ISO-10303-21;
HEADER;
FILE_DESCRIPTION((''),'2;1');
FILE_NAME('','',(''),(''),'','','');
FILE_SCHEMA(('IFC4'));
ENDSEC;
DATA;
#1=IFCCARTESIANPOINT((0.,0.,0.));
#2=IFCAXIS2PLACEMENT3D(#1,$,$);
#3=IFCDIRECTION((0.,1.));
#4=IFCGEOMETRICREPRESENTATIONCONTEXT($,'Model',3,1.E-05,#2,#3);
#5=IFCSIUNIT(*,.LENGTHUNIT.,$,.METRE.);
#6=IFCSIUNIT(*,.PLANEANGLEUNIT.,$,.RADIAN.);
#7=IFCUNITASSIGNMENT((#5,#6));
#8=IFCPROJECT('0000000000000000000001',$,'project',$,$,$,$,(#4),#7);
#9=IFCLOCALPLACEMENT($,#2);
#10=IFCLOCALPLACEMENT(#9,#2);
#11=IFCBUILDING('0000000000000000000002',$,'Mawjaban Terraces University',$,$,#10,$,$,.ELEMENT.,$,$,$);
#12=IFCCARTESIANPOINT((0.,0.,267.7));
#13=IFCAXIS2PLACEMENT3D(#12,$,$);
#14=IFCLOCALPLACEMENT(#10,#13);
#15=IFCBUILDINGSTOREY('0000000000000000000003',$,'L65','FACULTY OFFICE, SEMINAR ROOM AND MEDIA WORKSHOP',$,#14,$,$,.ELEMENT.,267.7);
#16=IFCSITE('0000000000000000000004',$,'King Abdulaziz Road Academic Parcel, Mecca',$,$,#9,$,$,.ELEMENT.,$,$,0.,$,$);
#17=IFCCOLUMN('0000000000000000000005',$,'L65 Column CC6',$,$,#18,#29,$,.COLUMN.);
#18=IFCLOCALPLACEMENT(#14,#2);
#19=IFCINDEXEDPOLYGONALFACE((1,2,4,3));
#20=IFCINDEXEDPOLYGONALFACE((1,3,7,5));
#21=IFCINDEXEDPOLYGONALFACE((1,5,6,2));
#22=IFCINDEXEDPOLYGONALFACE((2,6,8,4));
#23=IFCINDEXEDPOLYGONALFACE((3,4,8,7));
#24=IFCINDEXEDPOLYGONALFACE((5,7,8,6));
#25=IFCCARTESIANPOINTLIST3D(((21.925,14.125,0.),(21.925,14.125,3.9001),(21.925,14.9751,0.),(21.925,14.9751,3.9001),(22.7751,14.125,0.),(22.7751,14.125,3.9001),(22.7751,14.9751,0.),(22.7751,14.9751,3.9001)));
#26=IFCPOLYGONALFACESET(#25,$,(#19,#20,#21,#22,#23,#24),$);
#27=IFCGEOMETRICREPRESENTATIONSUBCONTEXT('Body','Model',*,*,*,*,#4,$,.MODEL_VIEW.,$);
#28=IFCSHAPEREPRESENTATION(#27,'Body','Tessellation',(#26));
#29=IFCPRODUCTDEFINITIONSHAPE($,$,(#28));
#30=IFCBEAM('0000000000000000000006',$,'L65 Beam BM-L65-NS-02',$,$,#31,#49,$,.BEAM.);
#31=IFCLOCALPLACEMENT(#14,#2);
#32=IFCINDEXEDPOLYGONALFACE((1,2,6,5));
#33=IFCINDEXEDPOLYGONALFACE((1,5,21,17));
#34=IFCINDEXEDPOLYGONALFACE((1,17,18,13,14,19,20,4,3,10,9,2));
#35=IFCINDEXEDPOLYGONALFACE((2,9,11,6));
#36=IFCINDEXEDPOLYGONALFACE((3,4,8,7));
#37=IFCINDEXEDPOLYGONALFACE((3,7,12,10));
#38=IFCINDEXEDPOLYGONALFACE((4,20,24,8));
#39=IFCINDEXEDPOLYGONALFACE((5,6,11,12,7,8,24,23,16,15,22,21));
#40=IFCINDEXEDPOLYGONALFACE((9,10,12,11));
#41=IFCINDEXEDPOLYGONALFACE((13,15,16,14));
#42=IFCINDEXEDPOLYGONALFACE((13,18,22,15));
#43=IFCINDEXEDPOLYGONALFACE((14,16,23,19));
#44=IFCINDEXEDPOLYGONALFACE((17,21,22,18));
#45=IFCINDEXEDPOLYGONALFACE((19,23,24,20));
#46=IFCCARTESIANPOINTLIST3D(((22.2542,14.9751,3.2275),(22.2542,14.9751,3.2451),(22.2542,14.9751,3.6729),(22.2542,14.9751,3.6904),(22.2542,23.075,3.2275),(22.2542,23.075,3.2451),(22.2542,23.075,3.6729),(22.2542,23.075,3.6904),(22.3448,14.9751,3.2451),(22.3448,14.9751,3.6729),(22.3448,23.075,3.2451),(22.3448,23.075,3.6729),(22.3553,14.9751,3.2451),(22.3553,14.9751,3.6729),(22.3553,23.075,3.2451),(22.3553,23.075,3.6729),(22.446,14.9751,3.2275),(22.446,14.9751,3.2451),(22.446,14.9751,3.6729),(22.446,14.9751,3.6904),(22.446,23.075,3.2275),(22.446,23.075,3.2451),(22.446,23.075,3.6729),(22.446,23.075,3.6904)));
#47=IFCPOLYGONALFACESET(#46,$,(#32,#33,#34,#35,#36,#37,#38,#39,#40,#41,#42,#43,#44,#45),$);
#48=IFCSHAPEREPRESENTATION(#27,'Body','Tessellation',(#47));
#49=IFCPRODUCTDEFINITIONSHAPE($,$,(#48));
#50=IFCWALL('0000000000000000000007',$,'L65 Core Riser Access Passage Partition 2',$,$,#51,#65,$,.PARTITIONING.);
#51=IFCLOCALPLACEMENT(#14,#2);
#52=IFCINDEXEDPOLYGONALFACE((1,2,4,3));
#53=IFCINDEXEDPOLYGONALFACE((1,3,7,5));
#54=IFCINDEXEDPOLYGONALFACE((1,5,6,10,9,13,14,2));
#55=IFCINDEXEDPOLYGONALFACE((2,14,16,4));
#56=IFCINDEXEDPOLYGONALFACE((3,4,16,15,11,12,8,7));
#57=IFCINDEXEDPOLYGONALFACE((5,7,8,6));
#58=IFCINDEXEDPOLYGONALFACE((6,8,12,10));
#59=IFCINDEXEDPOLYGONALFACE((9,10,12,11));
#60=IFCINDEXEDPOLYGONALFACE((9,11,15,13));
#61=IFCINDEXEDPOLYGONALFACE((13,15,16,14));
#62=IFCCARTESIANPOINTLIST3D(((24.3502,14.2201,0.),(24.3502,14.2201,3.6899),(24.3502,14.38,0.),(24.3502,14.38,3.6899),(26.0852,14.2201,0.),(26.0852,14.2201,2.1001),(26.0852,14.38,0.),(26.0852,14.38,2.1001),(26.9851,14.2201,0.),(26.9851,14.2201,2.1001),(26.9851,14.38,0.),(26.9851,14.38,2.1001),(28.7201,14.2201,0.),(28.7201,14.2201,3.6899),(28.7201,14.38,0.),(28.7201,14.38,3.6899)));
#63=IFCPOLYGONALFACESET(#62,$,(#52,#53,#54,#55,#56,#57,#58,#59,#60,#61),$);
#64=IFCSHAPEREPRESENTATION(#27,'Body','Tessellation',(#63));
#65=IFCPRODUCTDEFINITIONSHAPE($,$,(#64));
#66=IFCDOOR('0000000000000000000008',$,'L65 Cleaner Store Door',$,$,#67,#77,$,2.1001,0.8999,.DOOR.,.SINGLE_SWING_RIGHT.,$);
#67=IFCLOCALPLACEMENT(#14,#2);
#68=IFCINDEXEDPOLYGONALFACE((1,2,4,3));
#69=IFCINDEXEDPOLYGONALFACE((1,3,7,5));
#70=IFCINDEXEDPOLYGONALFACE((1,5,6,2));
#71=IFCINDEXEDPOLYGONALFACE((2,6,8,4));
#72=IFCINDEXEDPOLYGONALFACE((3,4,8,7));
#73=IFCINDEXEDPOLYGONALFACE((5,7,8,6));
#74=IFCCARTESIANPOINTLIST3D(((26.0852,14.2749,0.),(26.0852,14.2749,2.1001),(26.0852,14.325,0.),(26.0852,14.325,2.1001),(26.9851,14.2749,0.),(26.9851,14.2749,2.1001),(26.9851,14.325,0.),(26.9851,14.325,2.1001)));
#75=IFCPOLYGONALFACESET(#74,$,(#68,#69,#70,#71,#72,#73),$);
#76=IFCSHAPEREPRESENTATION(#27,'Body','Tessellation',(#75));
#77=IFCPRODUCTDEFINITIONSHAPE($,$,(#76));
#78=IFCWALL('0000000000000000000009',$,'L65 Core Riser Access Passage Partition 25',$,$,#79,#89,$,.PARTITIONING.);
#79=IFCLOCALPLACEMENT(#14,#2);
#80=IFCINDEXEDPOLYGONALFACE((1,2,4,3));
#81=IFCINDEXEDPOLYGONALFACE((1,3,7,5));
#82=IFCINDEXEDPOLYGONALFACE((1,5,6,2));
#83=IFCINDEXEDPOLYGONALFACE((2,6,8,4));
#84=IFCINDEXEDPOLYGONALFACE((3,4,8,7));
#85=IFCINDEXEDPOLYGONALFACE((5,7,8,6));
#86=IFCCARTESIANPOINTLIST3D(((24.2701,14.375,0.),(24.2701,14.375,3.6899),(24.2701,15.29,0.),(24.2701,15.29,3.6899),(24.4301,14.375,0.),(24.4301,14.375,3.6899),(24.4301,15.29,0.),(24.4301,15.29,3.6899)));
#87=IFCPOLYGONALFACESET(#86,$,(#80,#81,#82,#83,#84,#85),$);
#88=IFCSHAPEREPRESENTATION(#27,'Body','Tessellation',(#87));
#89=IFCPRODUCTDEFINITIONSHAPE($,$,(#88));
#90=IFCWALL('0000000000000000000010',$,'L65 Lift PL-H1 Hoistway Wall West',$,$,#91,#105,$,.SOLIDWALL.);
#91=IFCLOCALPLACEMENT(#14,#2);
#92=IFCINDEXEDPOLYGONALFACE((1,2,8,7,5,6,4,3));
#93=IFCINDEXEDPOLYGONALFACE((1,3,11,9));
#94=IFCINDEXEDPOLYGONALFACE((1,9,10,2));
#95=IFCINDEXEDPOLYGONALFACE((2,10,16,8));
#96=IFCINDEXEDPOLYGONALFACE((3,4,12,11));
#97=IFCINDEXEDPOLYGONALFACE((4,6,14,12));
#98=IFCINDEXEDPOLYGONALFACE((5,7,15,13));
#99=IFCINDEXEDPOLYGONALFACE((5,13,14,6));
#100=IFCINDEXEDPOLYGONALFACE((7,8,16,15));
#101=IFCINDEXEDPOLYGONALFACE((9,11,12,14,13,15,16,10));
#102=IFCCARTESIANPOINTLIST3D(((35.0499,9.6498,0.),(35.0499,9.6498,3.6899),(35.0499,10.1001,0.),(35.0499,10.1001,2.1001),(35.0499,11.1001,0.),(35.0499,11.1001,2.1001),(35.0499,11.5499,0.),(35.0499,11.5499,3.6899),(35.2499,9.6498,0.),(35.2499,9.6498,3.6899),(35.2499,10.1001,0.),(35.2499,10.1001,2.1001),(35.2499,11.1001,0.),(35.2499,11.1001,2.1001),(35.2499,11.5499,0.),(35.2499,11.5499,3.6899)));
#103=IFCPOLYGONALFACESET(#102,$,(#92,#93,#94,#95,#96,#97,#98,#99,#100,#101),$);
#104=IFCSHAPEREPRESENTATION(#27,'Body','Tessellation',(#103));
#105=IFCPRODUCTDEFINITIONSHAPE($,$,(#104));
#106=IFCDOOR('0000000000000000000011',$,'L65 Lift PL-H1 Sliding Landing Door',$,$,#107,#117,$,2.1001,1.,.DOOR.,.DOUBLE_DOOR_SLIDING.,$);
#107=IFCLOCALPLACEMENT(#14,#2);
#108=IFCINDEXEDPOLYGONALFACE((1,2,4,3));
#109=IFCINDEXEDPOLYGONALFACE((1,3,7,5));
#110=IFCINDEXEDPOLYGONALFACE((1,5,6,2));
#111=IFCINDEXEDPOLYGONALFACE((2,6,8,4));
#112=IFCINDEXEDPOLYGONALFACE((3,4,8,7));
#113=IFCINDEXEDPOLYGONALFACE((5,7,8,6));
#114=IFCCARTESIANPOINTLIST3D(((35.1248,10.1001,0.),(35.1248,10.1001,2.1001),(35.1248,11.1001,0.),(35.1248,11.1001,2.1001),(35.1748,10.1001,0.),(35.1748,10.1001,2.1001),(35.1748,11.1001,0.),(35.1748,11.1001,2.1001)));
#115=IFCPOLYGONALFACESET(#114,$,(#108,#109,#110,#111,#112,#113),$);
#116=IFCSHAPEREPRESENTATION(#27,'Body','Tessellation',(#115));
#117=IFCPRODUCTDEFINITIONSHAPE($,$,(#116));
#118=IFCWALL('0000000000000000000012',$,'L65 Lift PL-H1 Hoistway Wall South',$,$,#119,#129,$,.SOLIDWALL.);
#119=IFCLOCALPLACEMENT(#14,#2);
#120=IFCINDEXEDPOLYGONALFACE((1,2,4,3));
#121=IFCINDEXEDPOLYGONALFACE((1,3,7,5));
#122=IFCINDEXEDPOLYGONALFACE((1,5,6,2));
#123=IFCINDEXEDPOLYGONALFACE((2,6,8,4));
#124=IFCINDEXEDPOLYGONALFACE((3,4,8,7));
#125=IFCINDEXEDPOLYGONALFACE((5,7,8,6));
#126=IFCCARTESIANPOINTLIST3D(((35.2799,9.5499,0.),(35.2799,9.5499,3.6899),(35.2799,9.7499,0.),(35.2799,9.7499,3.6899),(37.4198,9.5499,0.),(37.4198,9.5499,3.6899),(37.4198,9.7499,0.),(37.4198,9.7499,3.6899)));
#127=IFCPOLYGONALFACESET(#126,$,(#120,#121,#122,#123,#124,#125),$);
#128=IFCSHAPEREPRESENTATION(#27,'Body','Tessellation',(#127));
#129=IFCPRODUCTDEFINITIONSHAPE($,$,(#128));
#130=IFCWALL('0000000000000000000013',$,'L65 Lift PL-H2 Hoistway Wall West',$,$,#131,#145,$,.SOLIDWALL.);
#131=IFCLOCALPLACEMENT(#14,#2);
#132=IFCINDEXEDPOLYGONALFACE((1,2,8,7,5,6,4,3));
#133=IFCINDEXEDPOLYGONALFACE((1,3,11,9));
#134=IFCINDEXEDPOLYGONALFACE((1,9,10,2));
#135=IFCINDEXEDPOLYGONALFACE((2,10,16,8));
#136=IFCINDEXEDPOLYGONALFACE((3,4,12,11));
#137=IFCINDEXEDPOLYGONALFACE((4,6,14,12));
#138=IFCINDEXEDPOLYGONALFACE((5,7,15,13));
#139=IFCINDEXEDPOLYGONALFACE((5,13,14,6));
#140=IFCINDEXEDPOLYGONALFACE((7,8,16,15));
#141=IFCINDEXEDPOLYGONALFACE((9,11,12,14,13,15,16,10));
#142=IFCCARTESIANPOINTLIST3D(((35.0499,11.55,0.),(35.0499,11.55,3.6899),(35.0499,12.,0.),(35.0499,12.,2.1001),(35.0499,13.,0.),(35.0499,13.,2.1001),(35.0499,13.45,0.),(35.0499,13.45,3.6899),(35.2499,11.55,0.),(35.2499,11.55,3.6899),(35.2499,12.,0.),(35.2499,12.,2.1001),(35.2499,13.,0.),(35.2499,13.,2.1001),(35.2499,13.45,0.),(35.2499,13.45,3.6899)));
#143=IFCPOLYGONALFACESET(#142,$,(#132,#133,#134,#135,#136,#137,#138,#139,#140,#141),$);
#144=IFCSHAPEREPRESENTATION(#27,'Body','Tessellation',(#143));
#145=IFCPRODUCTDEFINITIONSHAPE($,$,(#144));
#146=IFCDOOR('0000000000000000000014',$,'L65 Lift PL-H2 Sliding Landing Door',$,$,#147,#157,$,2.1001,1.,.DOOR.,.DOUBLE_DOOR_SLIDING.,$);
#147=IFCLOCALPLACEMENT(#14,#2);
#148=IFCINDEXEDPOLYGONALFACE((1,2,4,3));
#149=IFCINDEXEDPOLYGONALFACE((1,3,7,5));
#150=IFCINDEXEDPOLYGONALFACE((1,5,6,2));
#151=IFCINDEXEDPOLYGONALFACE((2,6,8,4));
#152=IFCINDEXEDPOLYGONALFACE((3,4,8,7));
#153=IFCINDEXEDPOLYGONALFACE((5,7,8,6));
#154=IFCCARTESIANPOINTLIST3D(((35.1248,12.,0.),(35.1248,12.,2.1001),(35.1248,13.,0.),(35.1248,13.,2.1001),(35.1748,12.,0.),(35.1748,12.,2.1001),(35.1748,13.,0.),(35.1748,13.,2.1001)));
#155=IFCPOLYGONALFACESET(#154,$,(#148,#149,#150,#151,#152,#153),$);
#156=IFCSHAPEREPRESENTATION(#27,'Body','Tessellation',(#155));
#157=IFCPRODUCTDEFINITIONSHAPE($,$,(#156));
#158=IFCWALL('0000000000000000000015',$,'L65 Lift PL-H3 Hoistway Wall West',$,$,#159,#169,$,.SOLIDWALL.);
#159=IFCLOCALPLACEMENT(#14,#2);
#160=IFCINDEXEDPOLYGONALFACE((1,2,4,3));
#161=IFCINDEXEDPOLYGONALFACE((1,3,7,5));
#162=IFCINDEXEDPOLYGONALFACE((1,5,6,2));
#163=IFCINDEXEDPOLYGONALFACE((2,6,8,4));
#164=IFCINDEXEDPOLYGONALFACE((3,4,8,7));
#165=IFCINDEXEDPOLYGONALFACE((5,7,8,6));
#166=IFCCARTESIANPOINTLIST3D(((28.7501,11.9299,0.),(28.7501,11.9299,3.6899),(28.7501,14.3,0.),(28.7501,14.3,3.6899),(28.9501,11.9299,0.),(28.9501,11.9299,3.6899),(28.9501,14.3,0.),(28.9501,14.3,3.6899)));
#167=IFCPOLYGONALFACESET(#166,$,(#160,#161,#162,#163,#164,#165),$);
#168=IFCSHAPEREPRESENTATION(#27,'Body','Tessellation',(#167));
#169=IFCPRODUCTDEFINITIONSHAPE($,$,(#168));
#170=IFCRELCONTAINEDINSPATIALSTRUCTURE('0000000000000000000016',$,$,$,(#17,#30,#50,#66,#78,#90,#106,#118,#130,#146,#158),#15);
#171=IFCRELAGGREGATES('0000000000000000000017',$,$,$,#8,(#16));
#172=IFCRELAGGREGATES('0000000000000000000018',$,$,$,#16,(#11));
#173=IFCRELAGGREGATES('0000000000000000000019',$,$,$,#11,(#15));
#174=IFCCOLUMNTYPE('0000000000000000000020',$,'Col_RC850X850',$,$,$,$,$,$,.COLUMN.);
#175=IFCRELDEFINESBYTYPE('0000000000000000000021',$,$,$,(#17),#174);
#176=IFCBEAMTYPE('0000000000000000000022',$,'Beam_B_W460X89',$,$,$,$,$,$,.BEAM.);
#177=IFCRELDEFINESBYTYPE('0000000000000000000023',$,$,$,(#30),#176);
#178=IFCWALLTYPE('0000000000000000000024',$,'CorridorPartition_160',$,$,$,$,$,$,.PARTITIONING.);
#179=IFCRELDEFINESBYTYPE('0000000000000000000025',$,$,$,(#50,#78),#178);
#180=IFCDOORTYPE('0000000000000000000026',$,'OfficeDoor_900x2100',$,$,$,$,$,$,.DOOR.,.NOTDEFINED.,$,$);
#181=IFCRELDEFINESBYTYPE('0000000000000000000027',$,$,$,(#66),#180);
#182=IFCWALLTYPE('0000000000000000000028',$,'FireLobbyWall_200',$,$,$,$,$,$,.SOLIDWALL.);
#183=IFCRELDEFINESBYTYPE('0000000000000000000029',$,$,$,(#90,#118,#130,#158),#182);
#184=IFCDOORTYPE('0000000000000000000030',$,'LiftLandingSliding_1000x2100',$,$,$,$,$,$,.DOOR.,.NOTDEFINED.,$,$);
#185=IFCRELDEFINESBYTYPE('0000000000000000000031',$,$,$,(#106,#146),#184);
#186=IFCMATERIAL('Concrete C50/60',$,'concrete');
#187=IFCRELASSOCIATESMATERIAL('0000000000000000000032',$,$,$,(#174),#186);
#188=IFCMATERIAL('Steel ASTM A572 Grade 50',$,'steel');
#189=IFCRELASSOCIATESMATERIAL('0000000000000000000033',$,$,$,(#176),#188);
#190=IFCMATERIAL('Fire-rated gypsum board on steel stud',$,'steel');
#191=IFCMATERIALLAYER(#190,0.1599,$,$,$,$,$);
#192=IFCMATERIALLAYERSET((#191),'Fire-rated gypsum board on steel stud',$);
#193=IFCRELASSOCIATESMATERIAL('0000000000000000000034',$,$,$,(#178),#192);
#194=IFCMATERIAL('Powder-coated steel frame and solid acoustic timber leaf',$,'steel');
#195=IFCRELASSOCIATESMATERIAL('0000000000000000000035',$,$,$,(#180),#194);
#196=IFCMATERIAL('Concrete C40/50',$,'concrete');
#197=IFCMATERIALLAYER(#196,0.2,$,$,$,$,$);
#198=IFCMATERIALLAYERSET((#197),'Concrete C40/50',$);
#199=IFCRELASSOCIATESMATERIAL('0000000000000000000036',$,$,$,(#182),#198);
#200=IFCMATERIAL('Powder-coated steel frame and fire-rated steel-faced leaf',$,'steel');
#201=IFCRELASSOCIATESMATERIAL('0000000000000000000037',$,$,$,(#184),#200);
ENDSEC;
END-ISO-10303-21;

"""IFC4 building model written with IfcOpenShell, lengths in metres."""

from ifc_helpers import new_model, si_unit, direction, frame, frame_2d, origin, origin_2d, place, context, subcontext, project, spatial, rectangle, i_section, extrude, material, layer, layer_set, material_profile, profile_set, type_object, element, fill, save


model = new_model("IFC4")

# Units and contexts
model_context = context("Model", 3, precision=1e-05, world=origin(), true_north=direction((0.0, 1.0)))
body_context = subcontext(model_context, "Body", "Model", "MODEL_VIEW")
ifc_project = project(units=[si_unit("LENGTHUNIT", "METRE"), si_unit("PLANEANGLEUNIT", "RADIAN")], contexts=[model_context])

# Site, building, storey
site_placement = place(None, origin())
site = spatial("IfcSite", under=ifc_project, at=site_placement, Name="King Abdulaziz Road Academic Parcel, Mecca", CompositionType="ELEMENT", RefElevation=0.0)
building_placement = place(site_placement, origin())
building = spatial("IfcBuilding", under=site, at=building_placement, Name="Mawjaban Terraces University", CompositionType="ELEMENT")
storey_placement = place(building_placement, frame((0.0, 0.0, 267.7)))
storey = spatial("IfcBuildingStorey", under=building, at=storey_placement, Name="L65", Description="FACULTY OFFICE, SEMINAR ROOM AND MEDIA WORKSHOP", CompositionType="ELEMENT", Elevation=267.7)

# Column
ifc_material_1 = material(Name="Concrete C50/60", Category="concrete")
ifc_material_profile_1 = material_profile(ifc_material_1, rectangle(XDim=0.8501, YDim=0.8501, at=origin_2d()), Name="RC850X850")
ifc_profile_set_1 = profile_set([ifc_material_profile_1], Name="Concrete C50/60")
column_type = type_object("IfcColumnType", Name="Col_RC850X850", PredefinedType="COLUMN", material=ifc_profile_set_1)
column_placement = place(storey_placement, frame((22.3501, 14.55, 0.0), z_axis=(0.0, 0.0, 1.0), x_axis=(1.0, 0.0, 0.0)))
element("IfcColumn", 1, at=column_placement, inside=storey, type_object=column_type, Name="L65 Column CC6", PredefinedType="COLUMN", context=body_context, shape_type="SweptSolid", body=[
    extrude(rectangle(XDim=0.8501, YDim=0.8501, at=origin_2d()), origin(), (0.0, 0.0, 1.0), 3.9001),
])

# Beam
ifc_material_2 = material(Name="Steel ASTM A572 Grade 50", Category="steel")
ifc_material_profile_2 = material_profile(ifc_material_2, i_section(OverallWidth=0.1919, OverallDepth=0.4629, WebThickness=0.0105, FlangeThickness=0.0176, at=origin_2d()), Name="W460X89")
ifc_profile_set_2 = profile_set([ifc_material_profile_2], Name="Steel ASTM A572 Grade 50")
beam_type = type_object("IfcBeamType", Name="Beam_B_W460X89", PredefinedType="BEAM", material=ifc_profile_set_2)
beam_placement = place(storey_placement, frame((22.3501, 14.9751, 3.459), z_axis=(0.0, 1.0, 0.0), x_axis=(-1.0, 0.0, 0.0)))
element("IfcBeam", 2, at=beam_placement, inside=storey, type_object=beam_type, Name="L65 Beam BM-L65-NS-02", PredefinedType="BEAM", context=body_context, shape_type="SweptSolid", body=[
    extrude(i_section(OverallWidth=0.1919, OverallDepth=0.4629, WebThickness=0.0105, FlangeThickness=0.0176, at=origin_2d()), origin(), (0.0, 0.0, 1.0), 8.0999),
])

# Wall, opening, door
ifc_material_3 = material(Name="Fire-rated gypsum board on steel stud", Category="steel")
ifc_layer_1 = layer(ifc_material_3, 0.1599)
ifc_layer_set_1 = layer_set([ifc_layer_1], Name="Fire-rated gypsum board on steel stud")
wall_type_1 = type_object("IfcWallType", Name="CorridorPartition_160", PredefinedType="PARTITIONING", material=ifc_layer_set_1)
wall_1_placement = place(storey_placement, frame((24.3501, 14.3, 0.0), z_axis=(0.0, 0.0, 1.0), x_axis=(1.0, 0.0, 0.0)))
wall_1 = element("IfcWall", 3, at=wall_1_placement, inside=storey, type_object=wall_type_1, Name="L65 Core Riser Access Passage Partition 2", PredefinedType="PARTITIONING", context=body_context, shape_type="SweptSolid", body=[
    extrude(rectangle(XDim=4.3699, YDim=0.1599, at=frame_2d((2.1851, 0.0))), origin(), (0.0, 0.0, 1.0), 3.6899),
])
opening_1_placement = place(wall_1_placement, frame((1.7351, 0.0, 0.0)))
opening_1 = element("IfcOpeningElement", 4, at=opening_1_placement, cuts=wall_1, PredefinedType="OPENING", context=body_context, shape_type="SweptSolid", body=[
    extrude(rectangle(XDim=0.8999, YDim=2.1001, at=frame_2d((0.45, 1.05))), frame((0.0, 0.0898, 0.0), z_axis=(0.0, -1.0, 0.0), x_axis=(1.0, 0.0, 0.0)), (0.0, 0.0, 1.0), 0.1799),
])
ifc_material_4 = material(Name="Powder-coated steel frame and solid acoustic timber leaf", Category="steel")
door_type_1 = type_object("IfcDoorType", Name="OfficeDoor_900x2100", OperationType="NOTDEFINED", PredefinedType="DOOR", material=ifc_material_4)
door_1_placement = place(opening_1_placement, origin())
door_1 = element("IfcDoor", 5, at=door_1_placement, inside=storey, type_object=door_type_1, Name="L65 Cleaner Store Door", OperationType="SINGLE_SWING_RIGHT", OverallHeight=2.1001, OverallWidth=0.8999, PredefinedType="DOOR", context=body_context, shape_type="SweptSolid", body=[
    extrude(rectangle(XDim=0.8999, YDim=2.1001, at=frame_2d((0.45, 1.05))), frame((0.0, 0.0249, 0.0), z_axis=(0.0, -1.0, 0.0), x_axis=(1.0, 0.0, 0.0)), (0.0, 0.0, 1.0), 0.05),
])
fill(opening_1, door_1)

# Wall
wall_2_placement = place(storey_placement, frame((24.3501, 15.29, 0.0), z_axis=(0.0, 0.0, 1.0), x_axis=(0.0, -1.0, 0.0)))
element("IfcWall", 6, at=wall_2_placement, inside=storey, type_object=wall_type_1, Name="L65 Core Riser Access Passage Partition 25", PredefinedType="PARTITIONING", context=body_context, shape_type="SweptSolid", body=[
    extrude(rectangle(XDim=0.915, YDim=0.1599, at=frame_2d((0.4575, 0.0))), origin(), (0.0, 0.0, 1.0), 3.6899),
])

# Wall, opening, door
ifc_material_5 = material(Name="Concrete C40/50", Category="concrete")
ifc_layer_2 = layer(ifc_material_5, 0.2)
ifc_layer_set_2 = layer_set([ifc_layer_2], Name="Concrete C40/50")
wall_type_2 = type_object("IfcWallType", Name="FireLobbyWall_200", PredefinedType="SOLIDWALL", material=ifc_layer_set_2)
wall_3_placement = place(storey_placement, frame((35.1499, 11.55, 0.0), z_axis=(0.0, 0.0, 1.0), x_axis=(0.0, -1.0, 0.0)))
wall_3 = element("IfcWall", 7, at=wall_3_placement, inside=storey, type_object=wall_type_2, Name="L65 Lift PL-H1 Hoistway Wall West", PredefinedType="SOLIDWALL", context=body_context, shape_type="SweptSolid", body=[
    extrude(rectangle(XDim=1.9001, YDim=0.2, at=frame_2d((0.9502, 0.0))), origin(), (0.0, 0.0, 1.0), 3.6899),
])
opening_2_placement = place(wall_3_placement, frame((0.45, 0.0, 0.0)))
opening_2 = element("IfcOpeningElement", 8, at=opening_2_placement, cuts=wall_3, PredefinedType="OPENING", context=body_context, shape_type="SweptSolid", body=[
    extrude(rectangle(XDim=1.0, YDim=2.1001, at=frame_2d((0.5, 1.05))), frame((0.0, 0.1099, 0.0), z_axis=(0.0, -1.0, 0.0), x_axis=(1.0, 0.0, 0.0)), (0.0, 0.0, 1.0), 0.22),
])
ifc_material_6 = material(Name="Powder-coated steel frame and fire-rated steel-faced leaf", Category="steel")
door_type_2 = type_object("IfcDoorType", Name="LiftLandingSliding_1000x2100", OperationType="NOTDEFINED", PredefinedType="DOOR", material=ifc_material_6)
door_2_placement = place(opening_2_placement, origin())
door_2 = element("IfcDoor", 9, at=door_2_placement, inside=storey, type_object=door_type_2, Name="L65 Lift PL-H1 Sliding Landing Door", OperationType="DOUBLE_DOOR_SLIDING", OverallHeight=2.1001, OverallWidth=1.0, PredefinedType="DOOR", context=body_context, shape_type="SweptSolid", body=[
    extrude(rectangle(XDim=1.0, YDim=2.1001, at=frame_2d((0.5, 1.05))), frame((0.0, 0.0249, 0.0), z_axis=(0.0, -1.0, 0.0), x_axis=(1.0, 0.0, 0.0)), (0.0, 0.0, 1.0), 0.05),
])
fill(opening_2, door_2)

# Wall
wall_4_placement = place(storey_placement, frame((35.28, 9.6499, 0.0), z_axis=(0.0, 0.0, 1.0), x_axis=(1.0, 0.0, 0.0)))
element("IfcWall", 10, at=wall_4_placement, inside=storey, type_object=wall_type_2, Name="L65 Lift PL-H1 Hoistway Wall South", PredefinedType="SOLIDWALL", context=body_context, shape_type="SweptSolid", body=[
    extrude(rectangle(XDim=2.1399, YDim=0.2, at=frame_2d((1.0698, 0.0))), origin(), (0.0, 0.0, 1.0), 3.6899),
])

# Wall, opening, door
wall_5_placement = place(storey_placement, frame((35.1499, 13.45, 0.0), z_axis=(0.0, 0.0, 1.0), x_axis=(0.0, -1.0, 0.0)))
wall_5 = element("IfcWall", 11, at=wall_5_placement, inside=storey, type_object=wall_type_2, Name="L65 Lift PL-H2 Hoistway Wall West", PredefinedType="SOLIDWALL", context=body_context, shape_type="SweptSolid", body=[
    extrude(rectangle(XDim=1.8999, YDim=0.2, at=frame_2d((0.95, 0.0))), origin(), (0.0, 0.0, 1.0), 3.6899),
])
opening_3_placement = place(wall_5_placement, frame((0.45, 0.0, 0.0)))
opening_3 = element("IfcOpeningElement", 12, at=opening_3_placement, cuts=wall_5, PredefinedType="OPENING", context=body_context, shape_type="SweptSolid", body=[
    extrude(rectangle(XDim=1.0, YDim=2.1001, at=frame_2d((0.5, 1.05))), frame((0.0, 0.1099, 0.0), z_axis=(0.0, -1.0, 0.0), x_axis=(1.0, 0.0, 0.0)), (0.0, 0.0, 1.0), 0.22),
])
door_3_placement = place(opening_3_placement, origin())
door_3 = element("IfcDoor", 13, at=door_3_placement, inside=storey, type_object=door_type_2, Name="L65 Lift PL-H2 Sliding Landing Door", OperationType="DOUBLE_DOOR_SLIDING", OverallHeight=2.1001, OverallWidth=1.0, PredefinedType="DOOR", context=body_context, shape_type="SweptSolid", body=[
    extrude(rectangle(XDim=1.0, YDim=2.1001, at=frame_2d((0.5, 1.05))), frame((0.0, 0.0249, 0.0), z_axis=(0.0, -1.0, 0.0), x_axis=(1.0, 0.0, 0.0)), (0.0, 0.0, 1.0), 0.05),
])
fill(opening_3, door_3)

# Wall
wall_6_placement = place(storey_placement, frame((28.8501, 14.3, 0.0), z_axis=(0.0, 0.0, 1.0), x_axis=(0.0, -1.0, 0.0)))
element("IfcWall", 14, at=wall_6_placement, inside=storey, type_object=wall_type_2, Name="L65 Lift PL-H3 Hoistway Wall West", PredefinedType="SOLIDWALL", context=body_context, shape_type="SweptSolid", body=[
    extrude(rectangle(XDim=2.3701, YDim=0.2, at=frame_2d((1.1851, 0.0))), origin(), (0.0, 0.0, 1.0), 3.6899),
])

save(model, "model.ifc")
